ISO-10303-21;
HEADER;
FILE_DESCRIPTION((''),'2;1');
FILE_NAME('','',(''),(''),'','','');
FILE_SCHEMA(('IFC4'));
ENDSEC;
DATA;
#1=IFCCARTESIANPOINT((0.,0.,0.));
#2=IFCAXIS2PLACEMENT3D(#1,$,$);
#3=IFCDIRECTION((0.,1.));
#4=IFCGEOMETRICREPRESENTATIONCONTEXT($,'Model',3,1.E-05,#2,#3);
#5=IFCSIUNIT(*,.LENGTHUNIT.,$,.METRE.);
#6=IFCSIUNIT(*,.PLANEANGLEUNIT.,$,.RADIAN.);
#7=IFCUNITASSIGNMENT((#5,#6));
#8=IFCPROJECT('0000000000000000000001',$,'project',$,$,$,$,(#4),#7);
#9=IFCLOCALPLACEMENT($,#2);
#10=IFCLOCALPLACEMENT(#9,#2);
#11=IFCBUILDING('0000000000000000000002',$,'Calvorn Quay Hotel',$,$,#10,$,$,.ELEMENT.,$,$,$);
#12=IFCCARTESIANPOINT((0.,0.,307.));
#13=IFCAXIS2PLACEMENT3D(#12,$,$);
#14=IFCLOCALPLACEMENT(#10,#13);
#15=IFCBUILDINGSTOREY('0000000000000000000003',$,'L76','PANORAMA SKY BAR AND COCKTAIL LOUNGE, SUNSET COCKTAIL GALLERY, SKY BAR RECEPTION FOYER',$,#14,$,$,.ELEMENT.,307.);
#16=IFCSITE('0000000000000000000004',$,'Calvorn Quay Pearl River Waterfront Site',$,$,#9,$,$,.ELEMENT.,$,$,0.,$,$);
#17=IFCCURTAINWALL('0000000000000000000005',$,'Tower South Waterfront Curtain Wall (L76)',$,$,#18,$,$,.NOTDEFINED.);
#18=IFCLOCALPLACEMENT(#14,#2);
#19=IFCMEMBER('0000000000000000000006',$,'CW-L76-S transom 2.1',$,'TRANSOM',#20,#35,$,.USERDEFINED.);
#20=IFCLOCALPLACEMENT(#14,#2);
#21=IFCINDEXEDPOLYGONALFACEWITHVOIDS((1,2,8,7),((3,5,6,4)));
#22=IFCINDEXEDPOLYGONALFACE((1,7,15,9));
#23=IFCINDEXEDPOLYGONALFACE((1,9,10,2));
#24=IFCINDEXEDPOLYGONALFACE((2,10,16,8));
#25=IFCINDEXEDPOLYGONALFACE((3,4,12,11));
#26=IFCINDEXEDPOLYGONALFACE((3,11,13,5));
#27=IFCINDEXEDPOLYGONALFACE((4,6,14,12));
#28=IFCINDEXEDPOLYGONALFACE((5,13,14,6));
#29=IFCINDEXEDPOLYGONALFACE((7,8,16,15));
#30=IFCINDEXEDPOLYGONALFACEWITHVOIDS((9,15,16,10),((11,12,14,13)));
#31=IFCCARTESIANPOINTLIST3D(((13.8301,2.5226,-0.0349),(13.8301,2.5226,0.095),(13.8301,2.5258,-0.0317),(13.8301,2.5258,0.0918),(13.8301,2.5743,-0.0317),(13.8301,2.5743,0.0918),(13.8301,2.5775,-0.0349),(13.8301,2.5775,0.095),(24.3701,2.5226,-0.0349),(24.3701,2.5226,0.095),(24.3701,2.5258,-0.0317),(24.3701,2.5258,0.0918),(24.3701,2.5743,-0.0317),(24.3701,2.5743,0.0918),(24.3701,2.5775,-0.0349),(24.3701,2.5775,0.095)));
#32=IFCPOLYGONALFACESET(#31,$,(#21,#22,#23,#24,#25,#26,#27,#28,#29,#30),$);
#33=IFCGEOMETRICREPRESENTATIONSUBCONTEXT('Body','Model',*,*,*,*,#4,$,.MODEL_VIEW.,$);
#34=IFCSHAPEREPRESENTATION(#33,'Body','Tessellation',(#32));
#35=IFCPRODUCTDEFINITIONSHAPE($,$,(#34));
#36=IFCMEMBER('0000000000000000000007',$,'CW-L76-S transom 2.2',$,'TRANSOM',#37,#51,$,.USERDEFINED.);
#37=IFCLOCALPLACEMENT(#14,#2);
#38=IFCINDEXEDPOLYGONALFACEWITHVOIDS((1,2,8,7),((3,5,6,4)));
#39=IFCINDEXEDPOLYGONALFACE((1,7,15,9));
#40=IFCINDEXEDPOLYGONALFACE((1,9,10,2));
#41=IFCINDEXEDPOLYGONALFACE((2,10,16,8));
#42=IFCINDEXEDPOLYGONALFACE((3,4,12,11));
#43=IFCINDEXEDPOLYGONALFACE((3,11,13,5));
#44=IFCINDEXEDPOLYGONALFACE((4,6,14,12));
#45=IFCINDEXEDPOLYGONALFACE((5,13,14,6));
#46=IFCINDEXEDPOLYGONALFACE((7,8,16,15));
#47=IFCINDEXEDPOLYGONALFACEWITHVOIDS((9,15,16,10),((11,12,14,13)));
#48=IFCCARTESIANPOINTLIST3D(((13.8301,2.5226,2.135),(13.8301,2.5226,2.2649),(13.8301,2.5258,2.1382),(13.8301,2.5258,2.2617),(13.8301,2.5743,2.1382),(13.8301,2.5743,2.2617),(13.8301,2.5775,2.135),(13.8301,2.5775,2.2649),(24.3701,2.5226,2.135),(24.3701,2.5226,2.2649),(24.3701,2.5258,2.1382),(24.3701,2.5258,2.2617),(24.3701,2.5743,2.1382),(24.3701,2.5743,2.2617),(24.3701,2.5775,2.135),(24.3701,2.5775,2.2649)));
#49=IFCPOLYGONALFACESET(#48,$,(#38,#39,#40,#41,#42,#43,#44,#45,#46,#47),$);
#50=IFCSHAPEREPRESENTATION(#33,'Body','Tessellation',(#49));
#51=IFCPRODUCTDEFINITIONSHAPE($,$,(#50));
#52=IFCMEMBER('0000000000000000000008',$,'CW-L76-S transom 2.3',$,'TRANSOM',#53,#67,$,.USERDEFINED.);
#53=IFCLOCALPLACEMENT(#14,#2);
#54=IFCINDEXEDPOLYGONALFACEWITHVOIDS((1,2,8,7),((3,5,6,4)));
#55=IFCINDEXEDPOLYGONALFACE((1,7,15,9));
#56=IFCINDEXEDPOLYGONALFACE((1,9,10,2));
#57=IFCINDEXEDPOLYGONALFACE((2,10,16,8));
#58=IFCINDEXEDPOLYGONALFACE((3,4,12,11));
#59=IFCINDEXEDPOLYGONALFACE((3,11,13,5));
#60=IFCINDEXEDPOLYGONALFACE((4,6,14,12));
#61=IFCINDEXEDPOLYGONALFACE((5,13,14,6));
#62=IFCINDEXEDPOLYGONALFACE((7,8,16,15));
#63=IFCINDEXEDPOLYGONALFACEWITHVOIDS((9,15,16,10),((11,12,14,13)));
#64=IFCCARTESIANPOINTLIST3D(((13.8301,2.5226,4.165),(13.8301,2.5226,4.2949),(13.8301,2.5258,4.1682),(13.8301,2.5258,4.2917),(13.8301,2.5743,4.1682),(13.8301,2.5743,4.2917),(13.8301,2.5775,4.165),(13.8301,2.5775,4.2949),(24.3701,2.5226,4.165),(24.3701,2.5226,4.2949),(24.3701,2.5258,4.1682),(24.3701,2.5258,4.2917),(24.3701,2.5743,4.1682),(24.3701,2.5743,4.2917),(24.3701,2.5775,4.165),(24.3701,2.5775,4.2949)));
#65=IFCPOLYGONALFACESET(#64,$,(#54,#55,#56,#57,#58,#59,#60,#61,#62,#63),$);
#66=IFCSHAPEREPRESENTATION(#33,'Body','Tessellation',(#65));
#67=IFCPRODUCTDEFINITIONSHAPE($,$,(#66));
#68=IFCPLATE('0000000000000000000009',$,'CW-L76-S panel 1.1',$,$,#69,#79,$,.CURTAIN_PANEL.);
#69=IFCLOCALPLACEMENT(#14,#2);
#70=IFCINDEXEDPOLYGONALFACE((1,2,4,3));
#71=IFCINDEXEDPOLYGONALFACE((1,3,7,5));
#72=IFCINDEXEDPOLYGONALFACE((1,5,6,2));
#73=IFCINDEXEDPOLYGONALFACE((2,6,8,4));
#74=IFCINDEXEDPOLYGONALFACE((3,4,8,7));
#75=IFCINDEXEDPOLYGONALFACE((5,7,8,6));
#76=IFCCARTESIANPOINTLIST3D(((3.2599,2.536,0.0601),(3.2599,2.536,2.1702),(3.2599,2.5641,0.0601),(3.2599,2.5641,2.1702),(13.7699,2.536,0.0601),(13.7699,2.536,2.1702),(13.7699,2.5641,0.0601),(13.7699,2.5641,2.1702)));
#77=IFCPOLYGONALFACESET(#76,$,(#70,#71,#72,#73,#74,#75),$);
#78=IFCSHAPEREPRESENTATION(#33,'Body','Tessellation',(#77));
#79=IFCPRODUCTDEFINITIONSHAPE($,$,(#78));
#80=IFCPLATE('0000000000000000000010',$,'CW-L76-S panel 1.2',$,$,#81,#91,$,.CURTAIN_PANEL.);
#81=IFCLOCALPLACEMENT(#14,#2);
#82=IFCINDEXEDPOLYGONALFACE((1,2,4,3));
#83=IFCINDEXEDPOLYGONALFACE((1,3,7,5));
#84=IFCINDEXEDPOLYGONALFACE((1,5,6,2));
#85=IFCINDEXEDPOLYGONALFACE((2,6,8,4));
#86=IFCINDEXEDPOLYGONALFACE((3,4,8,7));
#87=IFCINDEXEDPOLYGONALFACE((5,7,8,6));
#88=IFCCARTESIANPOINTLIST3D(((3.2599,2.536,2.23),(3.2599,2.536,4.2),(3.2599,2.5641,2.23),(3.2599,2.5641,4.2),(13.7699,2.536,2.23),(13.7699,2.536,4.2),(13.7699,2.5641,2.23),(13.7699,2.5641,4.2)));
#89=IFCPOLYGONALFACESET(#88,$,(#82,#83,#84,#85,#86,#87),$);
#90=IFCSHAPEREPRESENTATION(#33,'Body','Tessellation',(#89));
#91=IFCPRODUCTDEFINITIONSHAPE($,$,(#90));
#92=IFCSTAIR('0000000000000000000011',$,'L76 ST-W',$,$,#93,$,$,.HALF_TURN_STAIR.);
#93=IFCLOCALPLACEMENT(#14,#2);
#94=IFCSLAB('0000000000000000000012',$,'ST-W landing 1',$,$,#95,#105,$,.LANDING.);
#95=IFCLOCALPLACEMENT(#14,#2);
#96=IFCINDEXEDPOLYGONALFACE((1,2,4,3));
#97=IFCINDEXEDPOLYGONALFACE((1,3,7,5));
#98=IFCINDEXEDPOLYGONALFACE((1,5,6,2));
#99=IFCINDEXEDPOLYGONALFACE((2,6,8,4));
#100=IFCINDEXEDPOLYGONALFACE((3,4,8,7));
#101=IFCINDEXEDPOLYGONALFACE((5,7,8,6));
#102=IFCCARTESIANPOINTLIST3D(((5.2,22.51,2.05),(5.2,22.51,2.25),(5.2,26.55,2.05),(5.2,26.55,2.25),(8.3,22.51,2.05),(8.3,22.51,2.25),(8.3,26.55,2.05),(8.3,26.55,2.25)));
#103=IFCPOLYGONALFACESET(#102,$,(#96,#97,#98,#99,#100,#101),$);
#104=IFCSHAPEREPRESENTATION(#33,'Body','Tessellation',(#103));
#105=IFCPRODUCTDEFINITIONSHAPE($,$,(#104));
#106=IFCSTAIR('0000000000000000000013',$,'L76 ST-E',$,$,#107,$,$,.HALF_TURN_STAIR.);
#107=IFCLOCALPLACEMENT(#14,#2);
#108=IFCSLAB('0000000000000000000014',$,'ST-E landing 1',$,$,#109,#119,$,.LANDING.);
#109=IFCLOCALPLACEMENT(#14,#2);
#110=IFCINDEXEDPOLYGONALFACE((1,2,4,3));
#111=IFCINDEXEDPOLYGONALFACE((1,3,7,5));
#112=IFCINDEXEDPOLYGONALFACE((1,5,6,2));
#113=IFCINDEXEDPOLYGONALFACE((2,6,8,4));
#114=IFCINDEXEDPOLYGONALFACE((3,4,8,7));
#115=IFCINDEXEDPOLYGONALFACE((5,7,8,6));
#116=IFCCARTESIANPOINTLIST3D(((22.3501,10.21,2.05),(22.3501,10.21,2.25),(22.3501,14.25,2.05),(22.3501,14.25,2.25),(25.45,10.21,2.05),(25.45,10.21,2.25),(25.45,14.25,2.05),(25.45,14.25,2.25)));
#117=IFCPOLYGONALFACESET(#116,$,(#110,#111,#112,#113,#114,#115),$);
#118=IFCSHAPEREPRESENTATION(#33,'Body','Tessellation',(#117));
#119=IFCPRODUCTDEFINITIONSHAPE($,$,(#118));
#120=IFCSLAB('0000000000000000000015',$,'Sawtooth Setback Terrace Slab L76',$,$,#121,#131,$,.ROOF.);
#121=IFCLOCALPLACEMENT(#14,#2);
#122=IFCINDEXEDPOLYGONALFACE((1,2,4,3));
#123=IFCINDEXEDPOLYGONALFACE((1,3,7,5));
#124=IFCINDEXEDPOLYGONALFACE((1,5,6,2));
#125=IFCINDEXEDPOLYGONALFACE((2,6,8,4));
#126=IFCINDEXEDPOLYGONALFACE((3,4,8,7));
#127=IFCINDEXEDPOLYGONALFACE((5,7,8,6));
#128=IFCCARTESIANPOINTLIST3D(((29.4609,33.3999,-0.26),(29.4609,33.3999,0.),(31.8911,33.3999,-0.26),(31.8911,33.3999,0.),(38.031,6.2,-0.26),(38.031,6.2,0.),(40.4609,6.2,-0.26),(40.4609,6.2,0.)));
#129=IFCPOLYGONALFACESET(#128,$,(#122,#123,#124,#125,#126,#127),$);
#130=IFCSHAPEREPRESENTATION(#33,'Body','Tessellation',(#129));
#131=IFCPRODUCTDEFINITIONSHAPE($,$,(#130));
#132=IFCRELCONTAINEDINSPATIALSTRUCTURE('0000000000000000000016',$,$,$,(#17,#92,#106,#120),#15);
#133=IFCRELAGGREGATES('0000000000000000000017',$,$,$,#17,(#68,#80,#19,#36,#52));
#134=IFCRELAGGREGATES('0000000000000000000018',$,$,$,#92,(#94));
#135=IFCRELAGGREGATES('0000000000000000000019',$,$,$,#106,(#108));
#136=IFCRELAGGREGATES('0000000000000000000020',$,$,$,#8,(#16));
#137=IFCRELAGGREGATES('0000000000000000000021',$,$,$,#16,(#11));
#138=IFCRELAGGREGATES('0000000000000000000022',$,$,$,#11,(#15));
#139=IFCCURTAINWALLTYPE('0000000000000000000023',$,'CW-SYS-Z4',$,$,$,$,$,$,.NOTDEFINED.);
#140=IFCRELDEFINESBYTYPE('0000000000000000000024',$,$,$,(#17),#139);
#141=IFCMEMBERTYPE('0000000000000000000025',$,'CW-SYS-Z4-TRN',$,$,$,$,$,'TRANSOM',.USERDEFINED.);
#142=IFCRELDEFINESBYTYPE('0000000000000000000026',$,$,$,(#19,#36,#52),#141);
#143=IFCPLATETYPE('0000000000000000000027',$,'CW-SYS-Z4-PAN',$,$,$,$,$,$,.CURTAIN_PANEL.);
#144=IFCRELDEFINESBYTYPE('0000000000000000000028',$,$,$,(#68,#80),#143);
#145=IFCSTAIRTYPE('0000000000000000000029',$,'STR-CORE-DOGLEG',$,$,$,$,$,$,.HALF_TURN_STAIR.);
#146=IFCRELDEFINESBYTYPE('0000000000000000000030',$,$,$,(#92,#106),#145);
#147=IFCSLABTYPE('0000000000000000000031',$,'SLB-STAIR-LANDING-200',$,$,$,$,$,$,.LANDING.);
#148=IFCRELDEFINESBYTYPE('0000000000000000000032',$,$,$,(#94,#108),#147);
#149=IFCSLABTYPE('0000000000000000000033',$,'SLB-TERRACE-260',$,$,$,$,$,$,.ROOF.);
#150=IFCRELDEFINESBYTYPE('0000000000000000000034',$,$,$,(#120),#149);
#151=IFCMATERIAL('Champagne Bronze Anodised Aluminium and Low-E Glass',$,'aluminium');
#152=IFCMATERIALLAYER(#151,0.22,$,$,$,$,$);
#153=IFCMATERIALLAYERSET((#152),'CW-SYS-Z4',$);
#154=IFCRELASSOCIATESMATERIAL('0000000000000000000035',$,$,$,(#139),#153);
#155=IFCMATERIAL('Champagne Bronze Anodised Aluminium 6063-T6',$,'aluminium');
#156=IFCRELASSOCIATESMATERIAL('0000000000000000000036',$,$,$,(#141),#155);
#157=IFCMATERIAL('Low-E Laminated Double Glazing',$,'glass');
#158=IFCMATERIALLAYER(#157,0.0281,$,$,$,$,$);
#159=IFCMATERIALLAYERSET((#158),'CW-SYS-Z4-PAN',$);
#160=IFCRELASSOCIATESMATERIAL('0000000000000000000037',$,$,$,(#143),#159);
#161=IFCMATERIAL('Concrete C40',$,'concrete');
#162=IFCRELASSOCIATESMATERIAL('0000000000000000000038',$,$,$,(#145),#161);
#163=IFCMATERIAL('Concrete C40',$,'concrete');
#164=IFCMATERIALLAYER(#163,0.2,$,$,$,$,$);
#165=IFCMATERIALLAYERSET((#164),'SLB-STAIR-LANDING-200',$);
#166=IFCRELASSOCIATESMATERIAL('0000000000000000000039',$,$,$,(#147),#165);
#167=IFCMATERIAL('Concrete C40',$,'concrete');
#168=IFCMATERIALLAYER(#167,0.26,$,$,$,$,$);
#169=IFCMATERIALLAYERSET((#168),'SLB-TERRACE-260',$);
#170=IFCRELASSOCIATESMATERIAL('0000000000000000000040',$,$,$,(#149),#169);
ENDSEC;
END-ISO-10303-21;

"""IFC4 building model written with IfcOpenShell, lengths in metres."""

from ifc_helpers import new_model, si_unit, direction, frame, origin, origin_2d, place, context, subcontext, project, spatial, polyline, rectangle, hollow_rectangle, outline, extrude, material, layer, layer_set, material_profile, profile_set, type_object, element, aggregate, save


model = new_model("IFC4")

# Units and contexts
model_context = context("Model", 3, precision=1e-05, world=origin(), true_north=direction((0.0, 1.0)))
body_context = subcontext(model_context, "Body", "Model", "MODEL_VIEW")
ifc_project = project(units=[si_unit("LENGTHUNIT", "METRE"), si_unit("PLANEANGLEUNIT", "RADIAN")], contexts=[model_context])

# Site, building, storey
site_placement = place(None, origin())
site = spatial("IfcSite", under=ifc_project, at=site_placement, Name="Calvorn Quay Pearl River Waterfront Site", CompositionType="ELEMENT", RefElevation=0.0)
building_placement = place(site_placement, origin())
building = spatial("IfcBuilding", under=site, at=building_placement, Name="Calvorn Quay Hotel", CompositionType="ELEMENT")
storey_placement = place(building_placement, frame((0.0, 0.0, 307.0)))
storey = spatial("IfcBuildingStorey", under=building, at=storey_placement, Name="L76", Description="PANORAMA SKY BAR AND COCKTAIL LOUNGE, SUNSET COCKTAIL GALLERY, SKY BAR RECEPTION FOYER", CompositionType="ELEMENT", Elevation=307.0)

# Curtain wall, members, plates
ifc_material_1 = material(Name="Champagne Bronze Anodised Aluminium and Low-E Glass", Category="aluminium")
ifc_layer_1 = layer(ifc_material_1, 0.22)
ifc_layer_set_1 = layer_set([ifc_layer_1], Name="CW-SYS-Z4")
curtain_wall_type = type_object("IfcCurtainWallType", Name="CW-SYS-Z4", PredefinedType="NOTDEFINED", material=ifc_layer_set_1)
curtain_wall_placement = place(storey_placement, origin())
curtain_wall = element("IfcCurtainWall", 1, at=curtain_wall_placement, inside=storey, type_object=curtain_wall_type, Name="Tower South Waterfront Curtain Wall (L76)", PredefinedType="NOTDEFINED")
ifc_material_2 = material(Name="Champagne Bronze Anodised Aluminium 6063-T6", Category="aluminium")
ifc_material_profile_1 = material_profile(ifc_material_2, hollow_rectangle(XDim=0.0549, YDim=0.1299, WallThickness=0.0032, at=origin_2d()), Name="ALU-T130x55x3.2")
ifc_profile_set_1 = profile_set([ifc_material_profile_1], Name="Champagne Bronze Anodised Aluminium 6063-T6")
member_type_1 = type_object("IfcMemberType", Name="CW-SYS-Z4-TRN", ElementType="TRANSOM", PredefinedType="USERDEFINED", material=ifc_profile_set_1)
member_1_placement = place(storey_placement, frame((13.8301, 2.55, 0.03), z_axis=(1.0, 0.0, 0.0), x_axis=(0.0, 1.0, 0.0)))
member_1 = element("IfcMember", 2, at=member_1_placement, type_object=member_type_1, Name="CW-L76-S transom 2.1", ObjectType="TRANSOM", PredefinedType="USERDEFINED", context=body_context, shape_type="SweptSolid", body=[
    extrude(hollow_rectangle(XDim=0.0549, YDim=0.1299, WallThickness=0.0032, at=origin_2d()), origin(), (0.0, 0.0, 1.0), 10.54),
])
member_2_placement = place(storey_placement, frame((13.8301, 2.55, 2.2), z_axis=(1.0, 0.0, 0.0), x_axis=(0.0, 1.0, 0.0)))
member_2 = element("IfcMember", 3, at=member_2_placement, type_object=member_type_1, Name="CW-L76-S transom 2.2", ObjectType="TRANSOM", PredefinedType="USERDEFINED", context=body_context, shape_type="SweptSolid", body=[
    extrude(hollow_rectangle(XDim=0.0549, YDim=0.1299, WallThickness=0.0032, at=origin_2d()), origin(), (0.0, 0.0, 1.0), 10.54),
])
member_3_placement = place(storey_placement, frame((13.8301, 2.55, 4.23), z_axis=(1.0, 0.0, 0.0), x_axis=(0.0, 1.0, 0.0)))
member_3 = element("IfcMember", 4, at=member_3_placement, type_object=member_type_1, Name="CW-L76-S transom 2.3", ObjectType="TRANSOM", PredefinedType="USERDEFINED", context=body_context, shape_type="SweptSolid", body=[
    extrude(hollow_rectangle(XDim=0.0549, YDim=0.1299, WallThickness=0.0032, at=origin_2d()), origin(), (0.0, 0.0, 1.0), 10.54),
])
ifc_material_3 = material(Name="Low-E Laminated Double Glazing", Category="glass")
ifc_layer_2 = layer(ifc_material_3, 0.0281)
ifc_layer_set_2 = layer_set([ifc_layer_2], Name="CW-SYS-Z4-PAN")
plate_type = type_object("IfcPlateType", Name="CW-SYS-Z4-PAN", PredefinedType="CURTAIN_PANEL", material=ifc_layer_set_2)
plate_1_placement = place(storey_placement, frame((8.5149, 2.55, 0.0601), z_axis=(0.0, 0.0, 1.0), x_axis=(1.0, 0.0, 0.0)))
plate_1 = element("IfcPlate", 5, at=plate_1_placement, type_object=plate_type, Name="CW-L76-S panel 1.1", PredefinedType="CURTAIN_PANEL", context=body_context, shape_type="SweptSolid", body=[
    extrude(rectangle(XDim=10.51, YDim=0.0281, at=origin_2d()), origin(), (0.0, 0.0, 1.0), 2.1101),
])
plate_2_placement = place(storey_placement, frame((8.5149, 2.55, 2.23), z_axis=(0.0, 0.0, 1.0), x_axis=(1.0, 0.0, 0.0)))
plate_2 = element("IfcPlate", 6, at=plate_2_placement, type_object=plate_type, Name="CW-L76-S panel 1.2", PredefinedType="CURTAIN_PANEL", context=body_context, shape_type="SweptSolid", body=[
    extrude(rectangle(XDim=10.51, YDim=0.0281, at=origin_2d()), origin(), (0.0, 0.0, 1.0), 1.97),
])
aggregate(curtain_wall, [plate_1, plate_2, member_1, member_2, member_3])

# Stairs, slabs
ifc_material_4 = material(Name="Concrete C40", Category="concrete")
stair_type = type_object("IfcStairType", Name="STR-CORE-DOGLEG", PredefinedType="HALF_TURN_STAIR", material=ifc_material_4)
stair_1_placement = place(storey_placement, origin())
stair_1 = element("IfcStair", 7, at=stair_1_placement, inside=storey, type_object=stair_type, Name="L76 ST-W", PredefinedType="HALF_TURN_STAIR")
ifc_material_5 = material(Name="Concrete C40", Category="concrete")
ifc_layer_3 = layer(ifc_material_5, 0.2)
ifc_layer_set_3 = layer_set([ifc_layer_3], Name="SLB-STAIR-LANDING-200")
slab_type_1 = type_object("IfcSlabType", Name="SLB-STAIR-LANDING-200", PredefinedType="LANDING", material=ifc_layer_set_3)
slab_1_placement = place(storey_placement, frame((0.0, 0.0, 2.05)))
slab_1 = element("IfcSlab", 8, at=slab_1_placement, type_object=slab_type_1, Name="ST-W landing 1", PredefinedType="LANDING", context=body_context, shape_type="SweptSolid", body=[
    extrude(outline(polyline([(8.3, 22.51), (8.3, 26.55), (5.2, 26.55), (5.2, 22.51), (8.3, 22.51)])), origin(), (0.0, 0.0, 1.0), 0.2),
])
aggregate(stair_1, [slab_1])
stair_2_placement = place(storey_placement, origin())
stair_2 = element("IfcStair", 9, at=stair_2_placement, inside=storey, type_object=stair_type, Name="L76 ST-E", PredefinedType="HALF_TURN_STAIR")
slab_2_placement = place(storey_placement, frame((0.0, 0.0, 2.05)))
slab_2 = element("IfcSlab", 10, at=slab_2_placement, type_object=slab_type_1, Name="ST-E landing 1", PredefinedType="LANDING", context=body_context, shape_type="SweptSolid", body=[
    extrude(outline(polyline([(25.45, 10.21), (25.45, 14.25), (22.3501, 14.25), (22.3501, 10.21), (25.45, 10.21)])), origin(), (0.0, 0.0, 1.0), 0.2),
])
aggregate(stair_2, [slab_2])

# Slab
ifc_material_6 = material(Name="Concrete C40", Category="concrete")
ifc_layer_4 = layer(ifc_material_6, 0.26)
ifc_layer_set_4 = layer_set([ifc_layer_4], Name="SLB-TERRACE-260")
slab_type_2 = type_object("IfcSlabType", Name="SLB-TERRACE-260", PredefinedType="ROOF", material=ifc_layer_set_4)
slab_3_placement = place(storey_placement, frame((0.0, 0.0, -0.26)))
element("IfcSlab", 11, at=slab_3_placement, inside=storey, type_object=slab_type_2, Name="Sawtooth Setback Terrace Slab L76", PredefinedType="ROOF", context=body_context, shape_type="SweptSolid", body=[
    extrude(outline(polyline([(38.031, 6.2), (40.4609, 6.2), (31.8911, 33.3999), (29.4609, 33.3999), (38.031, 6.2)])), origin(), (0.0, 0.0, 1.0), 0.26),
])

save(model, "model.ifc")
